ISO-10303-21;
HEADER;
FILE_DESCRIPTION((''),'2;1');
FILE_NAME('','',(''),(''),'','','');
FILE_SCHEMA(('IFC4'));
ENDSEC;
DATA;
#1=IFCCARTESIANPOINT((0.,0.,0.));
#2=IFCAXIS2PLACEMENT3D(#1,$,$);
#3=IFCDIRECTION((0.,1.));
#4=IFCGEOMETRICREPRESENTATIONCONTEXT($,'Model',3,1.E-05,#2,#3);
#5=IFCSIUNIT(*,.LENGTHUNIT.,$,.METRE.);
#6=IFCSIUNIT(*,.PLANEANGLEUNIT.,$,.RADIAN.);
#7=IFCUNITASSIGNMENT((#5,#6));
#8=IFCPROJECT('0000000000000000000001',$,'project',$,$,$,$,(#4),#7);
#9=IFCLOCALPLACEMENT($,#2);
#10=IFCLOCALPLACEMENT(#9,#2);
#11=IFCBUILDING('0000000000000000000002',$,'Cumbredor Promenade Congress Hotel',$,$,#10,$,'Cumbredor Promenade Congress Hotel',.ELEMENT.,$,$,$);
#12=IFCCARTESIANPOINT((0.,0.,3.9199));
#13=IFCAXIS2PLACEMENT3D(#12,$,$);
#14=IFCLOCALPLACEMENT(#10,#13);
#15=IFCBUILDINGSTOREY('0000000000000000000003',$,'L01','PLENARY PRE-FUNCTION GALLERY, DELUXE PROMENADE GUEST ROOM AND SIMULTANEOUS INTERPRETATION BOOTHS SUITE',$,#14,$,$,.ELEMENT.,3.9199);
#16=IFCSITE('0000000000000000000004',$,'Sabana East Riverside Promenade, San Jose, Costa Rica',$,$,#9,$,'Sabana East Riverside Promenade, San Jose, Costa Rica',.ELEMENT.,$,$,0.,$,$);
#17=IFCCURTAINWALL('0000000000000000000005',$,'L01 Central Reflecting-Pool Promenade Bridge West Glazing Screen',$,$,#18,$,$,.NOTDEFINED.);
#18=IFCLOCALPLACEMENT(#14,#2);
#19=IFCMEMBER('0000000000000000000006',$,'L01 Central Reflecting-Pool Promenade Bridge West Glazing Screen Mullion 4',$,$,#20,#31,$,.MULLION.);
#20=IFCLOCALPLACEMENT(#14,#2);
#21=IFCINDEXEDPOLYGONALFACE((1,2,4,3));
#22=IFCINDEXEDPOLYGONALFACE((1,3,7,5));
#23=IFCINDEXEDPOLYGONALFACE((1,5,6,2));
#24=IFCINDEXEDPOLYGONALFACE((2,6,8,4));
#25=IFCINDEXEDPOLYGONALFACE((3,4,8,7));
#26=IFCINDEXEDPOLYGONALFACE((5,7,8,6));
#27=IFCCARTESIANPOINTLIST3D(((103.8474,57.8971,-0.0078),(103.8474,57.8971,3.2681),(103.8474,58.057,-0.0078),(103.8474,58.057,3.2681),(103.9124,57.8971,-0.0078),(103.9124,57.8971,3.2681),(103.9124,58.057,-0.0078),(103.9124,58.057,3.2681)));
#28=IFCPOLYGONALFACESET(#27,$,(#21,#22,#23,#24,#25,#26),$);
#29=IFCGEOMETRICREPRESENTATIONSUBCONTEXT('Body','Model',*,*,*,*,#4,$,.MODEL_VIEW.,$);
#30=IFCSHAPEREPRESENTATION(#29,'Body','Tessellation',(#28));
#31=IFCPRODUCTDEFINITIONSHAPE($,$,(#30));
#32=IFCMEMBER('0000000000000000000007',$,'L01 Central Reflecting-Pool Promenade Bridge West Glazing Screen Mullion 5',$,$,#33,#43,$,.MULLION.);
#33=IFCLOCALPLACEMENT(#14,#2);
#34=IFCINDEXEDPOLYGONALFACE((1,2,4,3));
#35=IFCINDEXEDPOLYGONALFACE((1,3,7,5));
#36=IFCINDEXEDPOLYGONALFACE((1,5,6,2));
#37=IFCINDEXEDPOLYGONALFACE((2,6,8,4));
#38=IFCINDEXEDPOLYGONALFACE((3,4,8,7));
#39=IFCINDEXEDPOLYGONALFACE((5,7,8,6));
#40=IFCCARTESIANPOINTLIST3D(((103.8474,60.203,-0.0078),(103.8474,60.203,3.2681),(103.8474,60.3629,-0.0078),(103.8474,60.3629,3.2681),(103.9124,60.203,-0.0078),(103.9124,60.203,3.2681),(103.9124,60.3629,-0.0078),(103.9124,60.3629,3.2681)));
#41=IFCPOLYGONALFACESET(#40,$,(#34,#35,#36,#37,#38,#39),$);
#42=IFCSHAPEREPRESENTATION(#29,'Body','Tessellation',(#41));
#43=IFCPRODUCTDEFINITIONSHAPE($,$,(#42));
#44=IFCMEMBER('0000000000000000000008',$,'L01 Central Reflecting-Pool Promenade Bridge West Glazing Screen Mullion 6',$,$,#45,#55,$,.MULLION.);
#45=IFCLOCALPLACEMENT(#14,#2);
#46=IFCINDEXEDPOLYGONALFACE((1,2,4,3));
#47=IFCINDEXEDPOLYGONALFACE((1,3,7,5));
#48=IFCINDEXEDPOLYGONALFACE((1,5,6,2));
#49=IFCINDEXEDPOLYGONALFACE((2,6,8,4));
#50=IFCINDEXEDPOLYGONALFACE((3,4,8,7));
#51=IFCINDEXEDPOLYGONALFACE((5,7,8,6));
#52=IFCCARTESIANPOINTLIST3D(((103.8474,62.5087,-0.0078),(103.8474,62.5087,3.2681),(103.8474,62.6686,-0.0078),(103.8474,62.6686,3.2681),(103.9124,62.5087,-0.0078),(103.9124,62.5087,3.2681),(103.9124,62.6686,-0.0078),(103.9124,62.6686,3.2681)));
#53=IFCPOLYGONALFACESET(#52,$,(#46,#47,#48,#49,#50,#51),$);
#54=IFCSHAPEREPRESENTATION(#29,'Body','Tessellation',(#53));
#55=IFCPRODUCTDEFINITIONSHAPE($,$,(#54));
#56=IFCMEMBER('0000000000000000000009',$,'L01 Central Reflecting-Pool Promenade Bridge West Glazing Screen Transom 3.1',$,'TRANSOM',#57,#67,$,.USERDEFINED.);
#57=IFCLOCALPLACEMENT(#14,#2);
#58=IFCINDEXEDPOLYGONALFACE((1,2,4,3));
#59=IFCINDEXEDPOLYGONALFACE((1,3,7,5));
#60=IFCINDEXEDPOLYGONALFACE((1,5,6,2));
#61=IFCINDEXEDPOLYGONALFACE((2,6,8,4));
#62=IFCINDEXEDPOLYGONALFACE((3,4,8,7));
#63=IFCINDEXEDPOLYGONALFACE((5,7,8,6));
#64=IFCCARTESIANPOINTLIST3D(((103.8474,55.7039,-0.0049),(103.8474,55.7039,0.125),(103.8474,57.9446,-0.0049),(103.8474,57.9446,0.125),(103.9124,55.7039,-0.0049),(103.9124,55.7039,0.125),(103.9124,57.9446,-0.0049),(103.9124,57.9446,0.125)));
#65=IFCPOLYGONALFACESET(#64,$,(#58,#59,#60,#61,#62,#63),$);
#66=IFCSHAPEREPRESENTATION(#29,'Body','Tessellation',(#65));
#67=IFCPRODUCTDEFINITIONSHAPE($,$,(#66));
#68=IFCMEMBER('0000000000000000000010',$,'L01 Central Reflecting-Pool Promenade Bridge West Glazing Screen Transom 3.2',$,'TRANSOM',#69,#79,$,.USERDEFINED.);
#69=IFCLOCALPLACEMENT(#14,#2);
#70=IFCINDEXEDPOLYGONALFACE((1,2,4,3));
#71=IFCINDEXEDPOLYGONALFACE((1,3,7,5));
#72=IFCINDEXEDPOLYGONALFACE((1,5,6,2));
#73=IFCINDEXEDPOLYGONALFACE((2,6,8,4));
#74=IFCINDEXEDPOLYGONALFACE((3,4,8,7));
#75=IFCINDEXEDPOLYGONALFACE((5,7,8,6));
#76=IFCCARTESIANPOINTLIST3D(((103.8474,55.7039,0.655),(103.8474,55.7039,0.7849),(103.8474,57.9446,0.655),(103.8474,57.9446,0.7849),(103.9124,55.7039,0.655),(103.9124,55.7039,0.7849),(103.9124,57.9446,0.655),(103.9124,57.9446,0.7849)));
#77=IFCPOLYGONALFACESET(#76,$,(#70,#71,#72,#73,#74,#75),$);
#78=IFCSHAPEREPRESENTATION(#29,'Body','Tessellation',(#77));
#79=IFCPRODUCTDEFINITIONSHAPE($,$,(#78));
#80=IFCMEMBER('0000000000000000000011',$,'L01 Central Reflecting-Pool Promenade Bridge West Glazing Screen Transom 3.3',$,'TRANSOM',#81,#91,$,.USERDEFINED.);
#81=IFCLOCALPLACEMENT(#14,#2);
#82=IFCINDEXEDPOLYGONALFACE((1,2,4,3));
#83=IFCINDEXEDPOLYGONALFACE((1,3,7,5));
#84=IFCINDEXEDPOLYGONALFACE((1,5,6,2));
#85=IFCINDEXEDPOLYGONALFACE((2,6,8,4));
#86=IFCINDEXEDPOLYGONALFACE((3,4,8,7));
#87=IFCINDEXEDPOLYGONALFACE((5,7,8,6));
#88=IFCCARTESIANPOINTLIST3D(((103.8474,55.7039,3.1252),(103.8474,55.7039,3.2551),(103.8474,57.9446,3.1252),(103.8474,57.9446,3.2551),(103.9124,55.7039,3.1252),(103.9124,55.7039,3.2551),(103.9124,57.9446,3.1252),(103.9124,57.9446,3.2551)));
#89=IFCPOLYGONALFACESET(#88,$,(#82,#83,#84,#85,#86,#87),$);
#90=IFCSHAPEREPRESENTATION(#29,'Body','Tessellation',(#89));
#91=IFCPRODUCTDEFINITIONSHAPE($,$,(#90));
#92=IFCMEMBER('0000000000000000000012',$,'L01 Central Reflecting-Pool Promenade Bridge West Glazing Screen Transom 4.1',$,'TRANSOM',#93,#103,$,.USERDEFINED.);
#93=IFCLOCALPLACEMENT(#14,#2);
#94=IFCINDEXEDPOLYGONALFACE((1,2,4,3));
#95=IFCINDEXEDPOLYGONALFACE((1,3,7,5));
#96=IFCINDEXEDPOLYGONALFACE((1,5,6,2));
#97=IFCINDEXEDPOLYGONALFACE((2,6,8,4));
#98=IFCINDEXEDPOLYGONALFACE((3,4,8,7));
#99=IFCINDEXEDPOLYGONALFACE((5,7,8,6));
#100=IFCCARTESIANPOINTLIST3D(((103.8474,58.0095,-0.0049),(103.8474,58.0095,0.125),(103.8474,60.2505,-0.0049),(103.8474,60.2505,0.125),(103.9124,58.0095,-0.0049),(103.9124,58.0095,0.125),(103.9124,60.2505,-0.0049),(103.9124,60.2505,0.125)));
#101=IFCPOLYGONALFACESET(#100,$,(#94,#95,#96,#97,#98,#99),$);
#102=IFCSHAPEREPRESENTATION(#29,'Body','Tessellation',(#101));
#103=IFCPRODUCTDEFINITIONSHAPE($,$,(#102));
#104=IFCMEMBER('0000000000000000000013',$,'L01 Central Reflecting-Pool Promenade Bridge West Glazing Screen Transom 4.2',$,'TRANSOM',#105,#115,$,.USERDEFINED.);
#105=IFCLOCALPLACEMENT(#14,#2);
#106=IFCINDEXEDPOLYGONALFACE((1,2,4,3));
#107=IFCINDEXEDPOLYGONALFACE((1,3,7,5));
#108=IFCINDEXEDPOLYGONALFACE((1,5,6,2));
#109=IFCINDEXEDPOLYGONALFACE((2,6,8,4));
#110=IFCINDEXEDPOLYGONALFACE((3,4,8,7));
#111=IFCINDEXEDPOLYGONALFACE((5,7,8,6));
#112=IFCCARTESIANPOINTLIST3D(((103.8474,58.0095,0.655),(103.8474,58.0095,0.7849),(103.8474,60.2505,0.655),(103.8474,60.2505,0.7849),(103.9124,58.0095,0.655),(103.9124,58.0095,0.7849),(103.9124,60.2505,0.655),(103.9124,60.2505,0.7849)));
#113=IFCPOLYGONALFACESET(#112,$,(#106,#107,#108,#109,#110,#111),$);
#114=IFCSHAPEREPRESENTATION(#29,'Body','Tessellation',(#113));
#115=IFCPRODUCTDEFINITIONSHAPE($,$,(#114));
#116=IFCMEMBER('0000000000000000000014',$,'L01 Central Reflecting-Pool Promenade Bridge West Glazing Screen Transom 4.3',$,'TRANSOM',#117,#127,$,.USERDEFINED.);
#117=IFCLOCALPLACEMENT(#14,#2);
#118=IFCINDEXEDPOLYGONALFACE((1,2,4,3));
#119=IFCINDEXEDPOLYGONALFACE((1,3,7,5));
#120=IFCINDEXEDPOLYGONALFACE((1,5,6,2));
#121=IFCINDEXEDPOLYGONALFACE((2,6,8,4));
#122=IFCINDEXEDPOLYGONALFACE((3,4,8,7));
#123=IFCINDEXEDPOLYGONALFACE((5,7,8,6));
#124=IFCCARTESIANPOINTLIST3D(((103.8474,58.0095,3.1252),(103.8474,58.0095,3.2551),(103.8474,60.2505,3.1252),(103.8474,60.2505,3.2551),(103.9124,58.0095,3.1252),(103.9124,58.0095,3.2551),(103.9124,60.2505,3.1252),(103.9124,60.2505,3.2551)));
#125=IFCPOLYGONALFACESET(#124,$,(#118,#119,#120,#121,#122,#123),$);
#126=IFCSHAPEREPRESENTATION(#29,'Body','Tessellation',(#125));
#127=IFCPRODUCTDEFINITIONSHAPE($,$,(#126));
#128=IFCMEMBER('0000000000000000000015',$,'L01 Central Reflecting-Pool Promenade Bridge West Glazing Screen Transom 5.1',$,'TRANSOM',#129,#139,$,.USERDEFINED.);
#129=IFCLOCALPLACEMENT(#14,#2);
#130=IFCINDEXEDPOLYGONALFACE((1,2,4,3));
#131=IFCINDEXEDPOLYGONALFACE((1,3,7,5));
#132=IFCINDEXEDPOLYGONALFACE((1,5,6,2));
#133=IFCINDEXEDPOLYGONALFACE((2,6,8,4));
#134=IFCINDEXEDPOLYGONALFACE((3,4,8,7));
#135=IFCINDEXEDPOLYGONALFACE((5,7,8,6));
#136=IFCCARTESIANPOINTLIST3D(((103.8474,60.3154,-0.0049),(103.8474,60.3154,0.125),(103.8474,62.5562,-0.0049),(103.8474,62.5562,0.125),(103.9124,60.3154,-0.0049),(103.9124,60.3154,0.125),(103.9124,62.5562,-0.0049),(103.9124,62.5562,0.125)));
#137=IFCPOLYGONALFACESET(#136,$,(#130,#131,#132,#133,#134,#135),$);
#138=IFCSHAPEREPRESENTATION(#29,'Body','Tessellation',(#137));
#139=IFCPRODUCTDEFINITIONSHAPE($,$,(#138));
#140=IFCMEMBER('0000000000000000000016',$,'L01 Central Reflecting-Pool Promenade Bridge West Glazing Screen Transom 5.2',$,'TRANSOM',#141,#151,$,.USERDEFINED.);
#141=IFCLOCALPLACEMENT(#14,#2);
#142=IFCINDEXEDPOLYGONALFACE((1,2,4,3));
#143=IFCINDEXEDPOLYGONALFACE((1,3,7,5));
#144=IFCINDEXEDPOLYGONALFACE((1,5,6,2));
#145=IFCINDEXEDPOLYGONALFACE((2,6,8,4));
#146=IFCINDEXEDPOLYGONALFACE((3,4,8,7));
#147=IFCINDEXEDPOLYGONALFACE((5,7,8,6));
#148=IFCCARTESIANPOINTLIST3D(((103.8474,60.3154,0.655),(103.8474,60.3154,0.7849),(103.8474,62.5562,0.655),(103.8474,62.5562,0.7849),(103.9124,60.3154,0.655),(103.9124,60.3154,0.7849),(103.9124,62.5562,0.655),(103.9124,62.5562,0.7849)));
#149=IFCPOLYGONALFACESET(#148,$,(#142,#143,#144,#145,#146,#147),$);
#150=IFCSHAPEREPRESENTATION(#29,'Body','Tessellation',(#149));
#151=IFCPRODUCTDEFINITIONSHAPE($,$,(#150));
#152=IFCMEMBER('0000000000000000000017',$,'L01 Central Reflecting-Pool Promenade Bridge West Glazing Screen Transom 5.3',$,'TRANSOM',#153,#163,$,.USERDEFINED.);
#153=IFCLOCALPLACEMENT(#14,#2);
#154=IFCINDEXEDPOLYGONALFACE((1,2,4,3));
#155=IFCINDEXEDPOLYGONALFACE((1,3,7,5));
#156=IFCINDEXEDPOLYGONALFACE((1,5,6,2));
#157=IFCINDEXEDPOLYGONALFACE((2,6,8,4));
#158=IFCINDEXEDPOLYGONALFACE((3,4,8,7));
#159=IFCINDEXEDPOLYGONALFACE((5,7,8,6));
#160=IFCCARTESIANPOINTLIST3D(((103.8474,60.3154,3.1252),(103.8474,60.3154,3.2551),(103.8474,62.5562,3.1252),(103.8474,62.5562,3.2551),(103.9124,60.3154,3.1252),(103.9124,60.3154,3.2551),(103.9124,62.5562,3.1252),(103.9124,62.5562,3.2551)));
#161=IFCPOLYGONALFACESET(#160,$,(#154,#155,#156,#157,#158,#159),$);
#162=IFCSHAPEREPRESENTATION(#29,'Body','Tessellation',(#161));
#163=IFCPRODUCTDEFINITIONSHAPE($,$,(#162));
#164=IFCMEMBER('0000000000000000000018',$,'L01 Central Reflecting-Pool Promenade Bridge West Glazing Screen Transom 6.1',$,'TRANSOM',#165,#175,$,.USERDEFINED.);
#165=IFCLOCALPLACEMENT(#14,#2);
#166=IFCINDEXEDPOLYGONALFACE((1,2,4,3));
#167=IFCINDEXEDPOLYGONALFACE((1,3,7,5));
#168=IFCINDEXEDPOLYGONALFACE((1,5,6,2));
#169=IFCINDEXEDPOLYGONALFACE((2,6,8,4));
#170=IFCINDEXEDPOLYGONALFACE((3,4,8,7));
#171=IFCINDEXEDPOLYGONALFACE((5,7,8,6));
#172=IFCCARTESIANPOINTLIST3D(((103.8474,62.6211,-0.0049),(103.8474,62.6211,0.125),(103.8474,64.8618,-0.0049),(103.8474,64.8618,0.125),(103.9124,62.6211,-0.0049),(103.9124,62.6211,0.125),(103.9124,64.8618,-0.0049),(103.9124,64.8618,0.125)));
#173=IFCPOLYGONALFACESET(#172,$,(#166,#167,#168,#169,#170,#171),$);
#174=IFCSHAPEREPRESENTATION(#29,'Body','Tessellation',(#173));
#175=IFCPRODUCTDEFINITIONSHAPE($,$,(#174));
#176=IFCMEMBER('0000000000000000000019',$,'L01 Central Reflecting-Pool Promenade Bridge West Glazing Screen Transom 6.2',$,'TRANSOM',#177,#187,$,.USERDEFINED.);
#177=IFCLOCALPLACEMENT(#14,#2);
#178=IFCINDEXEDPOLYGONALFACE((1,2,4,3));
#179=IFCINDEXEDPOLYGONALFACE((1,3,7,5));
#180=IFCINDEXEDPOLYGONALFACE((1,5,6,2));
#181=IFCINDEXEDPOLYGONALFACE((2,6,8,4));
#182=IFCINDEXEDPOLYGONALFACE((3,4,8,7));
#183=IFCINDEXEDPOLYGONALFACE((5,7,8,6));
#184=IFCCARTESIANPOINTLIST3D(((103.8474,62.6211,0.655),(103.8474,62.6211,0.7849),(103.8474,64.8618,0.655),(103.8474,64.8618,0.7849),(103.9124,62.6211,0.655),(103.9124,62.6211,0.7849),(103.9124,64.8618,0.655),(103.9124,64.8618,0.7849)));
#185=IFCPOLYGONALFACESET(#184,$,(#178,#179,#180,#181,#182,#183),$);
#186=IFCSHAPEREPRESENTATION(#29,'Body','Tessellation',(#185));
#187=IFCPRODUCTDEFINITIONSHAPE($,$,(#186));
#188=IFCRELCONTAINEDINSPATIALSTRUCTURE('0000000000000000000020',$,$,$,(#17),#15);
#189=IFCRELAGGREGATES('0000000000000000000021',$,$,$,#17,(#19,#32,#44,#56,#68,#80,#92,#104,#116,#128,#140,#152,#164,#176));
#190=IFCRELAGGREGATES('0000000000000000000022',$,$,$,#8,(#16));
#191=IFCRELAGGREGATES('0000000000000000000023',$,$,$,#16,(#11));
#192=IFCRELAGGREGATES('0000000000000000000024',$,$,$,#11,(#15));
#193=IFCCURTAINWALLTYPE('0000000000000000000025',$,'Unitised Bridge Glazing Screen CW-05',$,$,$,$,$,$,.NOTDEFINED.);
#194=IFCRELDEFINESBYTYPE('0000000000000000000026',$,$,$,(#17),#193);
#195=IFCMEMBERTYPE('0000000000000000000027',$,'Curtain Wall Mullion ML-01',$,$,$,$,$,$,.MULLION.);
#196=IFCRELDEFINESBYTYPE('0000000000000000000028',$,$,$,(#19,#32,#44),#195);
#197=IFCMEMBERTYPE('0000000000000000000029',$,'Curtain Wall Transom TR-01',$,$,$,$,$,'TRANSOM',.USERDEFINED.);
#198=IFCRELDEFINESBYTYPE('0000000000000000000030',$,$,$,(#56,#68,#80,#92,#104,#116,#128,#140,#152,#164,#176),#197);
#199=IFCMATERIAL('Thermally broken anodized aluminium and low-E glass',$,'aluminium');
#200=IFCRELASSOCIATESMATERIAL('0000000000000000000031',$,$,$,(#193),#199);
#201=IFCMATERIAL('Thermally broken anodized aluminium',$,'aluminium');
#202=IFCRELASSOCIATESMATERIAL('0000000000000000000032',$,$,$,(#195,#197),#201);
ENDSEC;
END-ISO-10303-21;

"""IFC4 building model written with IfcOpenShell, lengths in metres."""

from ifc_helpers import new_model, si_unit, direction, frame, origin, origin_2d, place, context, subcontext, project, spatial, rectangle, extrude, material, material_profile, profile_set, type_object, element, aggregate, save


model = new_model("IFC4")

# Units and contexts
model_context = context("Model", 3, precision=1e-05, world=origin(), true_north=direction((0.0, 1.0)))
body_context = subcontext(model_context, "Body", "Model", "MODEL_VIEW")
ifc_project = project(units=[si_unit("LENGTHUNIT", "METRE"), si_unit("PLANEANGLEUNIT", "RADIAN")], contexts=[model_context])

# Site, building, storey
site_placement = place(None, origin())
site = spatial("IfcSite", under=ifc_project, at=site_placement, Name="Sabana East Riverside Promenade, San Jose, Costa Rica", LongName="Sabana East Riverside Promenade, San Jose, Costa Rica", CompositionType="ELEMENT", RefElevation=0.0)
building_placement = place(site_placement, origin())
building = spatial("IfcBuilding", under=site, at=building_placement, Name="Cumbredor Promenade Congress Hotel", LongName="Cumbredor Promenade Congress Hotel", CompositionType="ELEMENT")
storey_placement = place(building_placement, frame((0.0, 0.0, 3.9199)))
storey = spatial("IfcBuildingStorey", under=building, at=storey_placement, Name="L01", Description="PLENARY PRE-FUNCTION GALLERY, DELUXE PROMENADE GUEST ROOM AND SIMULTANEOUS INTERPRETATION BOOTHS SUITE", CompositionType="ELEMENT", Elevation=3.9199)

# Curtain wall, members
ifc_material_1 = material(Name="Thermally broken anodized aluminium and low-E glass", Category="aluminium")
curtain_wall_type = type_object("IfcCurtainWallType", Name="Unitised Bridge Glazing Screen CW-05", PredefinedType="NOTDEFINED", material=ifc_material_1)
curtain_wall_placement = place(storey_placement, origin())
curtain_wall = element("IfcCurtainWall", 1, at=curtain_wall_placement, inside=storey, type_object=curtain_wall_type, Name="L01 Central Reflecting-Pool Promenade Bridge West Glazing Screen", PredefinedType="NOTDEFINED")
ifc_material_2 = material(Name="Thermally broken anodized aluminium", Category="aluminium")
ifc_material_profile_1 = material_profile(ifc_material_2, rectangle(XDim=0.0649, YDim=0.1599, at=origin_2d()), Name="ALU MULLION 65x160")
ifc_profile_set_1 = profile_set([ifc_material_profile_1], Name="Thermally broken anodized aluminium")
member_type_1 = type_object("IfcMemberType", Name="Curtain Wall Mullion ML-01", PredefinedType="MULLION", material=ifc_profile_set_1)
member_1_placement = place(storey_placement, frame((103.8799, 57.9771, -0.0078), z_axis=(0.0, 0.0, 1.0), x_axis=(1.0, 0.0, 0.0)))
member_1 = element("IfcMember", 2, at=member_1_placement, type_object=member_type_1, Name="L01 Central Reflecting-Pool Promenade Bridge West Glazing Screen Mullion 4", PredefinedType="MULLION", context=body_context, shape_type="SweptSolid", body=[
    extrude(rectangle(XDim=0.0649, YDim=0.1599, at=origin_2d()), origin(), (0.0, 0.0, 1.0), 3.2759),
])
member_2_placement = place(storey_placement, frame((103.8799, 60.283, -0.0078), z_axis=(0.0, 0.0, 1.0), x_axis=(1.0, 0.0, 0.0)))
member_2 = element("IfcMember", 3, at=member_2_placement, type_object=member_type_1, Name="L01 Central Reflecting-Pool Promenade Bridge West Glazing Screen Mullion 5", PredefinedType="MULLION", context=body_context, shape_type="SweptSolid", body=[
    extrude(rectangle(XDim=0.0649, YDim=0.1599, at=origin_2d()), origin(), (0.0, 0.0, 1.0), 3.2759),
])
member_3_placement = place(storey_placement, frame((103.8799, 62.5886, -0.0078), z_axis=(0.0, 0.0, 1.0), x_axis=(1.0, 0.0, 0.0)))
member_3 = element("IfcMember", 4, at=member_3_placement, type_object=member_type_1, Name="L01 Central Reflecting-Pool Promenade Bridge West Glazing Screen Mullion 6", PredefinedType="MULLION", context=body_context, shape_type="SweptSolid", body=[
    extrude(rectangle(XDim=0.0649, YDim=0.1599, at=origin_2d()), origin(), (0.0, 0.0, 1.0), 3.2759),
])
ifc_material_profile_2 = material_profile(ifc_material_2, rectangle(XDim=0.0649, YDim=0.1299, at=origin_2d()), Name="ALU TRANSOM 65x130")
ifc_profile_set_2 = profile_set([ifc_material_profile_2], Name="Thermally broken anodized aluminium")
member_type_2 = type_object("IfcMemberType", Name="Curtain Wall Transom TR-01", ElementType="TRANSOM", PredefinedType="USERDEFINED", material=ifc_profile_set_2)
member_4_placement = place(storey_placement, frame((103.8799, 55.7039, 0.0601), z_axis=(0.0, 1.0, 0.0), x_axis=(-1.0, 0.0, 0.0)))
member_4 = element("IfcMember", 5, at=member_4_placement, type_object=member_type_2, Name="L01 Central Reflecting-Pool Promenade Bridge West Glazing Screen Transom 3.1", ObjectType="TRANSOM", PredefinedType="USERDEFINED", context=body_context, shape_type="SweptSolid", body=[
    extrude(rectangle(XDim=0.0649, YDim=0.1299, at=origin_2d()), origin(), (0.0, 0.0, 1.0), 2.2407),
])
member_5_placement = place(storey_placement, frame((103.8799, 55.7039, 0.72), z_axis=(0.0, 1.0, 0.0), x_axis=(-1.0, 0.0, 0.0)))
member_5 = element("IfcMember", 6, at=member_5_placement, type_object=member_type_2, Name="L01 Central Reflecting-Pool Promenade Bridge West Glazing Screen Transom 3.2", ObjectType="TRANSOM", PredefinedType="USERDEFINED", context=body_context, shape_type="SweptSolid", body=[
    extrude(rectangle(XDim=0.0649, YDim=0.1299, at=origin_2d()), origin(), (0.0, 0.0, 1.0), 2.2407),
])
member_6_placement = place(storey_placement, frame((103.8799, 55.7039, 3.1902), z_axis=(0.0, 1.0, 0.0), x_axis=(-1.0, 0.0, 0.0)))
member_6 = element("IfcMember", 7, at=member_6_placement, type_object=member_type_2, Name="L01 Central Reflecting-Pool Promenade Bridge West Glazing Screen Transom 3.3", ObjectType="TRANSOM", PredefinedType="USERDEFINED", context=body_context, shape_type="SweptSolid", body=[
    extrude(rectangle(XDim=0.0649, YDim=0.1299, at=origin_2d()), origin(), (0.0, 0.0, 1.0), 2.2407),
])
member_7_placement = place(storey_placement, frame((103.8799, 58.0095, 0.0601), z_axis=(0.0, 1.0, 0.0), x_axis=(-1.0, 0.0, 0.0)))
member_7 = element("IfcMember", 8, at=member_7_placement, type_object=member_type_2, Name="L01 Central Reflecting-Pool Promenade Bridge West Glazing Screen Transom 4.1", ObjectType="TRANSOM", PredefinedType="USERDEFINED", context=body_context, shape_type="SweptSolid", body=[
    extrude(rectangle(XDim=0.0649, YDim=0.1299, at=origin_2d()), origin(), (0.0, 0.0, 1.0), 2.241),
])
member_8_placement = place(storey_placement, frame((103.8799, 58.0095, 0.72), z_axis=(0.0, 1.0, 0.0), x_axis=(-1.0, 0.0, 0.0)))
member_8 = element("IfcMember", 9, at=member_8_placement, type_object=member_type_2, Name="L01 Central Reflecting-Pool Promenade Bridge West Glazing Screen Transom 4.2", ObjectType="TRANSOM", PredefinedType="USERDEFINED", context=body_context, shape_type="SweptSolid", body=[
    extrude(rectangle(XDim=0.0649, YDim=0.1299, at=origin_2d()), origin(), (0.0, 0.0, 1.0), 2.241),
])
member_9_placement = place(storey_placement, frame((103.8799, 58.0095, 3.1902), z_axis=(0.0, 1.0, 0.0), x_axis=(-1.0, 0.0, 0.0)))
member_9 = element("IfcMember", 10, at=member_9_placement, type_object=member_type_2, Name="L01 Central Reflecting-Pool Promenade Bridge West Glazing Screen Transom 4.3", ObjectType="TRANSOM", PredefinedType="USERDEFINED", context=body_context, shape_type="SweptSolid", body=[
    extrude(rectangle(XDim=0.0649, YDim=0.1299, at=origin_2d()), origin(), (0.0, 0.0, 1.0), 2.241),
])
member_10_placement = place(storey_placement, frame((103.8799, 60.3154, 0.0601), z_axis=(0.0, 1.0, 0.0), x_axis=(-1.0, 0.0, 0.0)))
member_10 = element("IfcMember", 11, at=member_10_placement, type_object=member_type_2, Name="L01 Central Reflecting-Pool Promenade Bridge West Glazing Screen Transom 5.1", ObjectType="TRANSOM", PredefinedType="USERDEFINED", context=body_context, shape_type="SweptSolid", body=[
    extrude(rectangle(XDim=0.0649, YDim=0.1299, at=origin_2d()), origin(), (0.0, 0.0, 1.0), 2.2407),
])
member_11_placement = place(storey_placement, frame((103.8799, 60.3154, 0.72), z_axis=(0.0, 1.0, 0.0), x_axis=(-1.0, 0.0, 0.0)))
member_11 = element("IfcMember", 12, at=member_11_placement, type_object=member_type_2, Name="L01 Central Reflecting-Pool Promenade Bridge West Glazing Screen Transom 5.2", ObjectType="TRANSOM", PredefinedType="USERDEFINED", context=body_context, shape_type="SweptSolid", body=[
    extrude(rectangle(XDim=0.0649, YDim=0.1299, at=origin_2d()), origin(), (0.0, 0.0, 1.0), 2.2407),
])
member_12_placement = place(storey_placement, frame((103.8799, 60.3154, 3.1902), z_axis=(0.0, 1.0, 0.0), x_axis=(-1.0, 0.0, 0.0)))
member_12 = element("IfcMember", 13, at=member_12_placement, type_object=member_type_2, Name="L01 Central Reflecting-Pool Promenade Bridge West Glazing Screen Transom 5.3", ObjectType="TRANSOM", PredefinedType="USERDEFINED", context=body_context, shape_type="SweptSolid", body=[
    extrude(rectangle(XDim=0.0649, YDim=0.1299, at=origin_2d()), origin(), (0.0, 0.0, 1.0), 2.2407),
])
member_13_placement = place(storey_placement, frame((103.8799, 62.6211, 0.0601), z_axis=(0.0, 1.0, 0.0), x_axis=(-1.0, 0.0, 0.0)))
member_13 = element("IfcMember", 14, at=member_13_placement, type_object=member_type_2, Name="L01 Central Reflecting-Pool Promenade Bridge West Glazing Screen Transom 6.1", ObjectType="TRANSOM", PredefinedType="USERDEFINED", context=body_context, shape_type="SweptSolid", body=[
    extrude(rectangle(XDim=0.0649, YDim=0.1299, at=origin_2d()), origin(), (0.0, 0.0, 1.0), 2.2407),
])
member_14_placement = place(storey_placement, frame((103.8799, 62.6211, 0.72), z_axis=(0.0, 1.0, 0.0), x_axis=(-1.0, 0.0, 0.0)))
member_14 = element("IfcMember", 15, at=member_14_placement, type_object=member_type_2, Name="L01 Central Reflecting-Pool Promenade Bridge West Glazing Screen Transom 6.2", ObjectType="TRANSOM", PredefinedType="USERDEFINED", context=body_context, shape_type="SweptSolid", body=[
    extrude(rectangle(XDim=0.0649, YDim=0.1299, at=origin_2d()), origin(), (0.0, 0.0, 1.0), 2.2407),
])
aggregate(curtain_wall, [member_1, member_2, member_3, member_4, member_5, member_6, member_7, member_8, member_9, member_10, member_11, member_12, member_13, member_14])

save(model, "model.ifc")
